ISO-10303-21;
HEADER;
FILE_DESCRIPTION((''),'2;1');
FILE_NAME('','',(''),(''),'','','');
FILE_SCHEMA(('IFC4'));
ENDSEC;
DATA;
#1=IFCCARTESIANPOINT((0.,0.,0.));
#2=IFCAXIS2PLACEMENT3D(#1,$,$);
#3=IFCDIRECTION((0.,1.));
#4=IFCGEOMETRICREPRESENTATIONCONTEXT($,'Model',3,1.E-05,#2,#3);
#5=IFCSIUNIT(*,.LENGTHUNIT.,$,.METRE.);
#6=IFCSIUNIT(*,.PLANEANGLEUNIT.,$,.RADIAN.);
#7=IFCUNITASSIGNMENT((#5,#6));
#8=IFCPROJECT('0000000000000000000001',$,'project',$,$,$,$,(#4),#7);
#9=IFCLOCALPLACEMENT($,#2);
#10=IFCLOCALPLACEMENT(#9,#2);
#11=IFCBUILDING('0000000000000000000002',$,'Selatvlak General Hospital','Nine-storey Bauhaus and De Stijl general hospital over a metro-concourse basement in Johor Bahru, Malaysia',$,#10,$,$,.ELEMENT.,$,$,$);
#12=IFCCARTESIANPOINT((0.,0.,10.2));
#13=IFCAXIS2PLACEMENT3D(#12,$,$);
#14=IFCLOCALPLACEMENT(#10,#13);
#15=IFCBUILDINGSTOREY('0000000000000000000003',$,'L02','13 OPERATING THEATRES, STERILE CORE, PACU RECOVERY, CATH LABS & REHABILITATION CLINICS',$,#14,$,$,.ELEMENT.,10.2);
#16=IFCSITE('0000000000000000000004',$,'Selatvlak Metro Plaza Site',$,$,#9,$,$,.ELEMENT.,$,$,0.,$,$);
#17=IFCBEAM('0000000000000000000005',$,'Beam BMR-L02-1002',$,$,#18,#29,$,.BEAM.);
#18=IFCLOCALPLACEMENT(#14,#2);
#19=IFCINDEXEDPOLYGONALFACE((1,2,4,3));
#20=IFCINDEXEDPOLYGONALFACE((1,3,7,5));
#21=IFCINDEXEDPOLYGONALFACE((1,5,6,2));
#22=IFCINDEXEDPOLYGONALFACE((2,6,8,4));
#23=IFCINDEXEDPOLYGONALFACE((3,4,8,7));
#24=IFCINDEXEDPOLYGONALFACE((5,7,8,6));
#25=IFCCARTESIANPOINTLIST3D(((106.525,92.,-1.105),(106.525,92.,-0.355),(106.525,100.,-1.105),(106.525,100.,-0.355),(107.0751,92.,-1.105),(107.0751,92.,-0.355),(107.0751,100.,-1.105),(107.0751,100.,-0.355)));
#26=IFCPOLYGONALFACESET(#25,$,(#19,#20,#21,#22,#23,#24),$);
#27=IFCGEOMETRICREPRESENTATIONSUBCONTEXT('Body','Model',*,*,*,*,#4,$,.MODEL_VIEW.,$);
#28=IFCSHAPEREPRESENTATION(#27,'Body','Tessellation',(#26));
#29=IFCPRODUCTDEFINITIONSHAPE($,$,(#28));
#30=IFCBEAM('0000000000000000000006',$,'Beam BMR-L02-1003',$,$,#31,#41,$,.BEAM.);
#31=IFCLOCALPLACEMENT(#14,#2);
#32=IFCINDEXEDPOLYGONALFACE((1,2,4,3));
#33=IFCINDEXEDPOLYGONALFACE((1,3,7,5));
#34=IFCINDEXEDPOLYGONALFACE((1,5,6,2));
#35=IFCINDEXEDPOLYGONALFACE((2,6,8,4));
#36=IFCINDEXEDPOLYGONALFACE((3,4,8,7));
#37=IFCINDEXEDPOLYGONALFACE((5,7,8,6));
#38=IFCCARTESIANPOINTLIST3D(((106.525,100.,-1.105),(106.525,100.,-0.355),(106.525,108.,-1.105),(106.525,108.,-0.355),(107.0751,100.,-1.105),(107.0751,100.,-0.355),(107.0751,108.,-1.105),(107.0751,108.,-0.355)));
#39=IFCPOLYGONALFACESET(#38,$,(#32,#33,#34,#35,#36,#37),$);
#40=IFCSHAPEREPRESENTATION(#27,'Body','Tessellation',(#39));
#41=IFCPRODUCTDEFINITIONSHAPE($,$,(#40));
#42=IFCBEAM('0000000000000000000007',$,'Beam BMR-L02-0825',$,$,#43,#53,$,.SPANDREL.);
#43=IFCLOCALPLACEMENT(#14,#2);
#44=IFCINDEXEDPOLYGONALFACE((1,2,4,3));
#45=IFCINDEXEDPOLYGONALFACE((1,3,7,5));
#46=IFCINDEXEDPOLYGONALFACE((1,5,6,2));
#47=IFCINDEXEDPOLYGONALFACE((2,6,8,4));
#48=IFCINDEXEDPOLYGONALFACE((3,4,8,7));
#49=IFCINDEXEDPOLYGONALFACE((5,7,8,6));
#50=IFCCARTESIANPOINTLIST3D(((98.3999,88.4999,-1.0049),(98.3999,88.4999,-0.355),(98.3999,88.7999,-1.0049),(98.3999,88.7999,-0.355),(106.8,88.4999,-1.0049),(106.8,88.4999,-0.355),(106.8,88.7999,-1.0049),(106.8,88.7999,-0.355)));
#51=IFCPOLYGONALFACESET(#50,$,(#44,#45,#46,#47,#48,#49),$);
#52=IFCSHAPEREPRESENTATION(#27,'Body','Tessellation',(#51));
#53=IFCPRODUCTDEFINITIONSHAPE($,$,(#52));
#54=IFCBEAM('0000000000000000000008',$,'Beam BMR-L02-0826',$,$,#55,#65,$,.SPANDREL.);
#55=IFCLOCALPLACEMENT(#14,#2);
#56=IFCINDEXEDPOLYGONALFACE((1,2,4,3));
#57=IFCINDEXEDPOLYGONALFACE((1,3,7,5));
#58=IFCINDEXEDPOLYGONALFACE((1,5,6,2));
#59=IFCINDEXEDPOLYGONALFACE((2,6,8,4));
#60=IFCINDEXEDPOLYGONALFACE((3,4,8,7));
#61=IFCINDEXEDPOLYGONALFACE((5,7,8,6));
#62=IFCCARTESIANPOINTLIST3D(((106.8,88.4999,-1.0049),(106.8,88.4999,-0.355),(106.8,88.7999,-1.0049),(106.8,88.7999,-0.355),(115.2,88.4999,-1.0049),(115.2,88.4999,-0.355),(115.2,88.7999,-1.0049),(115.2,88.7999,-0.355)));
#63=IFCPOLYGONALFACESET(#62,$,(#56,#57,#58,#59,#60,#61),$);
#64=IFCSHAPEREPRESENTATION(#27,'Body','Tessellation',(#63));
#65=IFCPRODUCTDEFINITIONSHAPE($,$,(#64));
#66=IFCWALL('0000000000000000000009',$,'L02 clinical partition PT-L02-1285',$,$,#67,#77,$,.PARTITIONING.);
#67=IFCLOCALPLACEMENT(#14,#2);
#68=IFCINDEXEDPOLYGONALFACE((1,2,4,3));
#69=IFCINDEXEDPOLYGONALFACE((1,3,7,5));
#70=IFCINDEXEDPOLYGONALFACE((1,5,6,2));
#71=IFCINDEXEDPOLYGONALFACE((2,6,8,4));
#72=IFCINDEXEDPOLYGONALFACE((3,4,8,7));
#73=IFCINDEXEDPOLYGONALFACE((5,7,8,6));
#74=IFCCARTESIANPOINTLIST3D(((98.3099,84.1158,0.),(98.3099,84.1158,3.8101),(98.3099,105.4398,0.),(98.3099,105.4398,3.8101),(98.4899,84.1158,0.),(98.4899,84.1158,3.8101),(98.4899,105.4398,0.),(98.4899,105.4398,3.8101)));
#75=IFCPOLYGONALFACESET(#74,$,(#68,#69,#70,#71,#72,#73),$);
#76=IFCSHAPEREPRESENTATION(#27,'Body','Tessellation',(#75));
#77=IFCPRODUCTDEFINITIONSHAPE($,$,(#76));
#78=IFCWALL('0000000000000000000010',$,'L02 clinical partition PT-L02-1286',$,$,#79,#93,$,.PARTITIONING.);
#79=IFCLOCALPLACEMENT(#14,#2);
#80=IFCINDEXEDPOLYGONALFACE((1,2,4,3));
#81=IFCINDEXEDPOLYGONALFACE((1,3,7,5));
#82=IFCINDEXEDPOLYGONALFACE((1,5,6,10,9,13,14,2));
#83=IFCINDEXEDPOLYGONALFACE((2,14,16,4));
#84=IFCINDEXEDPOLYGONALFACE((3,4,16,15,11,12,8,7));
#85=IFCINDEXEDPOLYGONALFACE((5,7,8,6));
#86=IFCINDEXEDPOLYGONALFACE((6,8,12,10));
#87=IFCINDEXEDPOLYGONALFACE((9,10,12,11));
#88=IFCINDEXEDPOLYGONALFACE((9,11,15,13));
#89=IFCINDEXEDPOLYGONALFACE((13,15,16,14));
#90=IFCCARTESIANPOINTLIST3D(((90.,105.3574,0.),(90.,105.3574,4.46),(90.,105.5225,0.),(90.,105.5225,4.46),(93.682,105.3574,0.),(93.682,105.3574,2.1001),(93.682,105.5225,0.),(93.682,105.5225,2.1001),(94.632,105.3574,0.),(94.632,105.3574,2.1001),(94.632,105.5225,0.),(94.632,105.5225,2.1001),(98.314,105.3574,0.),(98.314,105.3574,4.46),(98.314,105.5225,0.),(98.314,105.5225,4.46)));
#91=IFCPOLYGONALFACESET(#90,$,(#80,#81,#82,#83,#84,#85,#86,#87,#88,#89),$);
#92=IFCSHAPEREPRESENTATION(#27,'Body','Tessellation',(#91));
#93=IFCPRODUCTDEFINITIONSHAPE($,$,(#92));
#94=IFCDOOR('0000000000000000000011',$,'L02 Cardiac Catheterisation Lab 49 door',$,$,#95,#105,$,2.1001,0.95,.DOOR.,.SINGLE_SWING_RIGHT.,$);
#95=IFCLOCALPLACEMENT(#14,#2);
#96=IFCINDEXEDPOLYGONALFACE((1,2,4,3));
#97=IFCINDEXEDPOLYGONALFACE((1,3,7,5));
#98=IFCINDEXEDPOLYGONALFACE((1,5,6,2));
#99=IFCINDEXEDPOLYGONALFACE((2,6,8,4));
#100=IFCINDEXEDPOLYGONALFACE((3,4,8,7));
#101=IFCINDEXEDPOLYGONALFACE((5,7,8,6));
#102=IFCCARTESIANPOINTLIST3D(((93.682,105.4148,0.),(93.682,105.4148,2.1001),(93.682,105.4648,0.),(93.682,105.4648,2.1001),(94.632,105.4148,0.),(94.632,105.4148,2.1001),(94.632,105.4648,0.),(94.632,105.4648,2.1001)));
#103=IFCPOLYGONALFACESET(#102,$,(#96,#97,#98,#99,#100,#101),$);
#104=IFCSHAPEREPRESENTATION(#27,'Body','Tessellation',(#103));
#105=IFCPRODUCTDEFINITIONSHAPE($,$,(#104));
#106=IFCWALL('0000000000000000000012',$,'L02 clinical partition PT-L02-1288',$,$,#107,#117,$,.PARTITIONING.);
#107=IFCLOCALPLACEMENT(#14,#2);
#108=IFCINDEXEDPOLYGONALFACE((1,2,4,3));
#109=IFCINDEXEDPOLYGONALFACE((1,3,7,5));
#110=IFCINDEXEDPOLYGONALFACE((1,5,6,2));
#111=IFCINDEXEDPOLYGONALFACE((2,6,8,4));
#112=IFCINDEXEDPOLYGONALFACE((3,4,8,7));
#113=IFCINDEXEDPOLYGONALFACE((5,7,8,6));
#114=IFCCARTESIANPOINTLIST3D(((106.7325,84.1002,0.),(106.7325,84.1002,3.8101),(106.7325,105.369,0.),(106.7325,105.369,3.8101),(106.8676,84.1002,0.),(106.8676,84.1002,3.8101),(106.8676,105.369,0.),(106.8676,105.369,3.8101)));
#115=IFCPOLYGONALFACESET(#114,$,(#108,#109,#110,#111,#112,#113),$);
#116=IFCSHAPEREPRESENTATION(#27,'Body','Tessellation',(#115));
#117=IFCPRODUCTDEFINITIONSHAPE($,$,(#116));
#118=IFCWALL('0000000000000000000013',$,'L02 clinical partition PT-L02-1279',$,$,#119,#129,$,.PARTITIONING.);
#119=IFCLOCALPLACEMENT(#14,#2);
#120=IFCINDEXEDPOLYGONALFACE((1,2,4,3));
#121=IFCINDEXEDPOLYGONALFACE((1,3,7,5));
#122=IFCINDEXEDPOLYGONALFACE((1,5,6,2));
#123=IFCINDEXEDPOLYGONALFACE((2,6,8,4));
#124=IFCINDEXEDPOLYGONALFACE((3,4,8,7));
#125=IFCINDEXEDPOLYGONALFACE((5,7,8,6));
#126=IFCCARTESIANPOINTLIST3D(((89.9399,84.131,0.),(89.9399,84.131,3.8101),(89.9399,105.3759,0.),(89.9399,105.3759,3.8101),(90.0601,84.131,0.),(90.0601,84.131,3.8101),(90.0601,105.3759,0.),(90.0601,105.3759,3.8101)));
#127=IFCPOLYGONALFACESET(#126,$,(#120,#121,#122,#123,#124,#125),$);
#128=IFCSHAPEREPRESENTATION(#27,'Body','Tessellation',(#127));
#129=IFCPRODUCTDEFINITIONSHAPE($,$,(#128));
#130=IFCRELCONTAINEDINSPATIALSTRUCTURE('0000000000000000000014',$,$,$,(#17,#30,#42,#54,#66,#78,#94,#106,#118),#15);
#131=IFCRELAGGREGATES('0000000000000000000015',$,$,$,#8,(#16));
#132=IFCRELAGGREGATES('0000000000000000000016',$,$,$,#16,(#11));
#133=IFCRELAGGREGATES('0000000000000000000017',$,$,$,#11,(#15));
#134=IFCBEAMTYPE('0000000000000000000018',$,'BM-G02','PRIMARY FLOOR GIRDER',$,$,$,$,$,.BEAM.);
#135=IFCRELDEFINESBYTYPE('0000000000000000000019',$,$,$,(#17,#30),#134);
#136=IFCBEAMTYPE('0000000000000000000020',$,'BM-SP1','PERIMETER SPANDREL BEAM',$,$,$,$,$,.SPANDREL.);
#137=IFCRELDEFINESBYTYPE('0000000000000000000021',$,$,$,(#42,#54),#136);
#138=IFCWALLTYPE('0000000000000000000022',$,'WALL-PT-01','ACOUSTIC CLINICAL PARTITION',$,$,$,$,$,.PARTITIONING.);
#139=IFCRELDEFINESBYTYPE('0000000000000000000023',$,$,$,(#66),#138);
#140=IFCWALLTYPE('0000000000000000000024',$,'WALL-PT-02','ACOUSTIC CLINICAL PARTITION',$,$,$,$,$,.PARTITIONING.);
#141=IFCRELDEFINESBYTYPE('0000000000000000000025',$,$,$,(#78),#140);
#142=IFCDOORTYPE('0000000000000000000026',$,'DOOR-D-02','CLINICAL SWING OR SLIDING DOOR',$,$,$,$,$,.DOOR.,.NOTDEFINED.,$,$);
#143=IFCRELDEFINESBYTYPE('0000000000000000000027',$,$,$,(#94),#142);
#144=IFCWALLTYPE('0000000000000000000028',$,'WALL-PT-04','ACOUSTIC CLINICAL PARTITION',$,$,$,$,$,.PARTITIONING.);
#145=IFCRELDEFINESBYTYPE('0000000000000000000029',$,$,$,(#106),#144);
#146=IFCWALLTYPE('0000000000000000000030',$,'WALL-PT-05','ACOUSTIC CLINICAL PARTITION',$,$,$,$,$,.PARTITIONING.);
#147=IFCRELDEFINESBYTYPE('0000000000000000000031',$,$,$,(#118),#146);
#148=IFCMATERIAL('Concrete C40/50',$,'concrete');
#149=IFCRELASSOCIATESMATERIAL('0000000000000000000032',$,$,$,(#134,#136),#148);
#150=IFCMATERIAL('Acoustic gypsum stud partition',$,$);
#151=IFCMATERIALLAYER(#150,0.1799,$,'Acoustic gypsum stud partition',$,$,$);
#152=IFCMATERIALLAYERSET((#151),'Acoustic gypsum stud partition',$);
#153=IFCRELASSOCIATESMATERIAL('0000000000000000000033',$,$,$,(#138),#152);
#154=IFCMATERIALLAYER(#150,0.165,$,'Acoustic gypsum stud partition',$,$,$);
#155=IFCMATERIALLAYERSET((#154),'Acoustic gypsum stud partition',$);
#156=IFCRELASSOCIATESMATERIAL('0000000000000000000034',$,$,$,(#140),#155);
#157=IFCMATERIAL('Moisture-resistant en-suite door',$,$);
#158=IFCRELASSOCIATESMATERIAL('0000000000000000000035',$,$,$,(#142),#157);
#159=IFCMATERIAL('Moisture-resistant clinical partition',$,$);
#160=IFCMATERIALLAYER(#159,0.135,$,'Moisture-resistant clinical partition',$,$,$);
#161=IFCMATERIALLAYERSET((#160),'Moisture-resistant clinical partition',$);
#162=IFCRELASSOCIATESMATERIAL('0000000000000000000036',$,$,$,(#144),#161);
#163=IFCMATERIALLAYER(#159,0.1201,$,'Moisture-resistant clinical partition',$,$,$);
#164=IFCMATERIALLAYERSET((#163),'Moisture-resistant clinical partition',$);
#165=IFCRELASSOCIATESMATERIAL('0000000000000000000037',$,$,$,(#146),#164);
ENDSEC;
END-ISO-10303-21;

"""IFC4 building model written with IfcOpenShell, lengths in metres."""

from ifc_helpers import new_model, si_unit, direction, frame, frame_2d, origin, origin_2d, place, context, subcontext, project, spatial, rectangle, extrude, material, layer, layer_set, material_profile, profile_set, type_object, element, fill, save


model = new_model("IFC4")

# Units and contexts
model_context = context("Model", 3, precision=1e-05, world=origin(), true_north=direction((0.0, 1.0)))
body_context = subcontext(model_context, "Body", "Model", "MODEL_VIEW")
ifc_project = project(units=[si_unit("LENGTHUNIT", "METRE"), si_unit("PLANEANGLEUNIT", "RADIAN")], contexts=[model_context])

# Site, building, storey
site_placement = place(None, origin())
site = spatial("IfcSite", under=ifc_project, at=site_placement, Name="Selatvlak Metro Plaza Site", CompositionType="ELEMENT", RefElevation=0.0)
building_placement = place(site_placement, origin())
building = spatial("IfcBuilding", under=site, at=building_placement, Name="Selatvlak General Hospital", Description="Nine-storey Bauhaus and De Stijl general hospital over a metro-concourse basement in Johor Bahru, Malaysia", CompositionType="ELEMENT")
storey_placement = place(building_placement, frame((0.0, 0.0, 10.2)))
storey = spatial("IfcBuildingStorey", under=building, at=storey_placement, Name="L02", Description="13 OPERATING THEATRES, STERILE CORE, PACU RECOVERY, CATH LABS & REHABILITATION CLINICS", CompositionType="ELEMENT", Elevation=10.2)

# Beams
ifc_material_1 = material(Name="Concrete C40/50", Category="concrete")
ifc_material_profile_1 = material_profile(ifc_material_1, rectangle(XDim=0.55, YDim=0.75, at=origin_2d()), Name="RC-BM 550x750")
ifc_profile_set_1 = profile_set([ifc_material_profile_1], Name="Concrete C40/50")
beam_type_1 = type_object("IfcBeamType", Name="BM-G02", Description="PRIMARY FLOOR GIRDER", PredefinedType="BEAM", material=ifc_profile_set_1)
for number, where, z_axis, x_axis, name in (
    (1, (106.8, 92.0, -0.73), (0.0, 1.0, 0.0), (-1.0, 0.0, 0.0), "Beam BMR-L02-1002"),
    (2, (106.8, 100.0, -0.73), (0.0, 1.0, 0.0), (-1.0, 0.0, 0.0), "Beam BMR-L02-1003"),
):
    element("IfcBeam", number, at=place(storey_placement, frame(where, z_axis=z_axis, x_axis=x_axis)), inside=storey, type_object=beam_type_1, Name=name, PredefinedType="BEAM", context=body_context, shape_type="SweptSolid", body=[
        extrude(rectangle(XDim=0.55, YDim=0.75, at=origin_2d()), origin(), (0.0, 0.0, 1.0), 8.0),
    ])
ifc_material_profile_2 = material_profile(ifc_material_1, rectangle(XDim=0.3, YDim=0.6499, at=origin_2d()), Name="RC-SP 300x650")
ifc_profile_set_2 = profile_set([ifc_material_profile_2], Name="Concrete C40/50")
beam_type_2 = type_object("IfcBeamType", Name="BM-SP1", Description="PERIMETER SPANDREL BEAM", PredefinedType="SPANDREL", material=ifc_profile_set_2)
beam_1_placement = place(storey_placement, frame((98.3999, 88.6499, -0.6799), z_axis=(1.0, 0.0, 0.0), x_axis=(0.0, 1.0, 0.0)))
element("IfcBeam", 3, at=beam_1_placement, inside=storey, type_object=beam_type_2, Name="Beam BMR-L02-0825", PredefinedType="SPANDREL", context=body_context, shape_type="SweptSolid", body=[
    extrude(rectangle(XDim=0.3, YDim=0.6499, at=origin_2d()), origin(), (0.0, 0.0, 1.0), 8.4001),
])
beam_2_placement = place(storey_placement, frame((106.8, 88.6499, -0.6799), z_axis=(1.0, 0.0, 0.0), x_axis=(0.0, 1.0, 0.0)))
element("IfcBeam", 4, at=beam_2_placement, inside=storey, type_object=beam_type_2, Name="Beam BMR-L02-0826", PredefinedType="SPANDREL", context=body_context, shape_type="SweptSolid", body=[
    extrude(rectangle(XDim=0.3, YDim=0.6499, at=origin_2d()), origin(), (0.0, 0.0, 1.0), 8.3999),
])

# Wall
ifc_material_2 = material(Name="Acoustic gypsum stud partition")
ifc_layer_1 = layer(ifc_material_2, 0.1799, Name="Acoustic gypsum stud partition")
ifc_layer_set_1 = layer_set([ifc_layer_1], Name="Acoustic gypsum stud partition")
wall_type_1 = type_object("IfcWallType", Name="WALL-PT-01", Description="ACOUSTIC CLINICAL PARTITION", PredefinedType="PARTITIONING", material=ifc_layer_set_1)
wall_1_placement = place(storey_placement, frame((98.3999, 105.4399, 0.0), z_axis=(0.0, 0.0, 1.0), x_axis=(0.0, -1.0, 0.0)))
element("IfcWall", 5, at=wall_1_placement, inside=storey, type_object=wall_type_1, Name="L02 clinical partition PT-L02-1285", PredefinedType="PARTITIONING", context=body_context, shape_type="SweptSolid", body=[
    extrude(rectangle(XDim=21.324, YDim=0.1799, at=frame_2d((10.6621, 0.0))), origin(), (0.0, 0.0, 1.0), 3.8101),
])

# Wall, opening, door
ifc_layer_2 = layer(ifc_material_2, 0.165, Name="Acoustic gypsum stud partition")
ifc_layer_set_2 = layer_set([ifc_layer_2], Name="Acoustic gypsum stud partition")
wall_type_2 = type_object("IfcWallType", Name="WALL-PT-02", Description="ACOUSTIC CLINICAL PARTITION", PredefinedType="PARTITIONING", material=ifc_layer_set_2)
wall_2_placement = place(storey_placement, frame((90.0, 105.4399, 0.0), z_axis=(0.0, 0.0, 1.0), x_axis=(1.0, 0.0, 0.0)))
wall_2 = element("IfcWall", 6, at=wall_2_placement, inside=storey, type_object=wall_type_2, Name="L02 clinical partition PT-L02-1286", PredefinedType="PARTITIONING", context=body_context, shape_type="SweptSolid", body=[
    extrude(rectangle(XDim=8.314, YDim=0.165, at=frame_2d((4.157, 0.0))), origin(), (0.0, 0.0, 1.0), 4.46),
])
opening_placement = place(wall_2_placement, frame((3.6819, 0.0, 0.0)))
opening = element("IfcOpeningElement", 7, at=opening_placement, cuts=wall_2, PredefinedType="OPENING", context=body_context, shape_type="SweptSolid", body=[
    extrude(rectangle(XDim=0.95, YDim=2.1001, at=frame_2d((0.4751, 1.05))), frame((0.0, 0.0925, 0.0), z_axis=(0.0, -1.0, 0.0), x_axis=(1.0, 0.0, 0.0)), (0.0, 0.0, 1.0), 0.1851),
])
ifc_material_3 = material(Name="Moisture-resistant en-suite door")
door_type = type_object("IfcDoorType", Name="DOOR-D-02", Description="CLINICAL SWING OR SLIDING DOOR", OperationType="NOTDEFINED", PredefinedType="DOOR", material=ifc_material_3)
door_placement = place(opening_placement, origin())
door = element("IfcDoor", 8, at=door_placement, inside=storey, type_object=door_type, Name="L02 Cardiac Catheterisation Lab 49 door", OperationType="SINGLE_SWING_RIGHT", OverallHeight=2.1001, OverallWidth=0.95, PredefinedType="DOOR", context=body_context, shape_type="SweptSolid", body=[
    extrude(rectangle(XDim=0.95, YDim=2.1001, at=frame_2d((0.4751, 1.05))), frame((0.0, 0.0249, 0.0), z_axis=(0.0, -1.0, 0.0), x_axis=(1.0, 0.0, 0.0)), (0.0, 0.0, 1.0), 0.05),
])
fill(opening, door)

# Walls
ifc_material_4 = material(Name="Moisture-resistant clinical partition")
ifc_layer_3 = layer(ifc_material_4, 0.135, Name="Moisture-resistant clinical partition")
ifc_layer_set_3 = layer_set([ifc_layer_3], Name="Moisture-resistant clinical partition")
wall_type_3 = type_object("IfcWallType", Name="WALL-PT-04", Description="ACOUSTIC CLINICAL PARTITION", PredefinedType="PARTITIONING", material=ifc_layer_set_3)
wall_3_placement = place(storey_placement, frame((106.8, 105.3689, 0.0), z_axis=(0.0, 0.0, 1.0), x_axis=(0.0, -1.0, 0.0)))
element("IfcWall", 9, at=wall_3_placement, inside=storey, type_object=wall_type_3, Name="L02 clinical partition PT-L02-1288", PredefinedType="PARTITIONING", context=body_context, shape_type="SweptSolid", body=[
    extrude(rectangle(XDim=21.2688, YDim=0.135, at=frame_2d((10.6343, 0.0))), origin(), (0.0, 0.0, 1.0), 3.8101),
])
ifc_layer_4 = layer(ifc_material_4, 0.1201, Name="Moisture-resistant clinical partition")
ifc_layer_set_4 = layer_set([ifc_layer_4], Name="Moisture-resistant clinical partition")
wall_type_4 = type_object("IfcWallType", Name="WALL-PT-05", Description="ACOUSTIC CLINICAL PARTITION", PredefinedType="PARTITIONING", material=ifc_layer_set_4)
wall_4_placement = place(storey_placement, frame((90.0, 105.376, 0.0), z_axis=(0.0, 0.0, 1.0), x_axis=(0.0, -1.0, 0.0)))
element("IfcWall", 10, at=wall_4_placement, inside=storey, type_object=wall_type_4, Name="L02 clinical partition PT-L02-1279", PredefinedType="PARTITIONING", context=body_context, shape_type="SweptSolid", body=[
    extrude(rectangle(XDim=21.2449, YDim=0.1201, at=frame_2d((10.6226, 0.0))), origin(), (0.0, 0.0, 1.0), 3.8101),
])

save(model, "model.ifc")
